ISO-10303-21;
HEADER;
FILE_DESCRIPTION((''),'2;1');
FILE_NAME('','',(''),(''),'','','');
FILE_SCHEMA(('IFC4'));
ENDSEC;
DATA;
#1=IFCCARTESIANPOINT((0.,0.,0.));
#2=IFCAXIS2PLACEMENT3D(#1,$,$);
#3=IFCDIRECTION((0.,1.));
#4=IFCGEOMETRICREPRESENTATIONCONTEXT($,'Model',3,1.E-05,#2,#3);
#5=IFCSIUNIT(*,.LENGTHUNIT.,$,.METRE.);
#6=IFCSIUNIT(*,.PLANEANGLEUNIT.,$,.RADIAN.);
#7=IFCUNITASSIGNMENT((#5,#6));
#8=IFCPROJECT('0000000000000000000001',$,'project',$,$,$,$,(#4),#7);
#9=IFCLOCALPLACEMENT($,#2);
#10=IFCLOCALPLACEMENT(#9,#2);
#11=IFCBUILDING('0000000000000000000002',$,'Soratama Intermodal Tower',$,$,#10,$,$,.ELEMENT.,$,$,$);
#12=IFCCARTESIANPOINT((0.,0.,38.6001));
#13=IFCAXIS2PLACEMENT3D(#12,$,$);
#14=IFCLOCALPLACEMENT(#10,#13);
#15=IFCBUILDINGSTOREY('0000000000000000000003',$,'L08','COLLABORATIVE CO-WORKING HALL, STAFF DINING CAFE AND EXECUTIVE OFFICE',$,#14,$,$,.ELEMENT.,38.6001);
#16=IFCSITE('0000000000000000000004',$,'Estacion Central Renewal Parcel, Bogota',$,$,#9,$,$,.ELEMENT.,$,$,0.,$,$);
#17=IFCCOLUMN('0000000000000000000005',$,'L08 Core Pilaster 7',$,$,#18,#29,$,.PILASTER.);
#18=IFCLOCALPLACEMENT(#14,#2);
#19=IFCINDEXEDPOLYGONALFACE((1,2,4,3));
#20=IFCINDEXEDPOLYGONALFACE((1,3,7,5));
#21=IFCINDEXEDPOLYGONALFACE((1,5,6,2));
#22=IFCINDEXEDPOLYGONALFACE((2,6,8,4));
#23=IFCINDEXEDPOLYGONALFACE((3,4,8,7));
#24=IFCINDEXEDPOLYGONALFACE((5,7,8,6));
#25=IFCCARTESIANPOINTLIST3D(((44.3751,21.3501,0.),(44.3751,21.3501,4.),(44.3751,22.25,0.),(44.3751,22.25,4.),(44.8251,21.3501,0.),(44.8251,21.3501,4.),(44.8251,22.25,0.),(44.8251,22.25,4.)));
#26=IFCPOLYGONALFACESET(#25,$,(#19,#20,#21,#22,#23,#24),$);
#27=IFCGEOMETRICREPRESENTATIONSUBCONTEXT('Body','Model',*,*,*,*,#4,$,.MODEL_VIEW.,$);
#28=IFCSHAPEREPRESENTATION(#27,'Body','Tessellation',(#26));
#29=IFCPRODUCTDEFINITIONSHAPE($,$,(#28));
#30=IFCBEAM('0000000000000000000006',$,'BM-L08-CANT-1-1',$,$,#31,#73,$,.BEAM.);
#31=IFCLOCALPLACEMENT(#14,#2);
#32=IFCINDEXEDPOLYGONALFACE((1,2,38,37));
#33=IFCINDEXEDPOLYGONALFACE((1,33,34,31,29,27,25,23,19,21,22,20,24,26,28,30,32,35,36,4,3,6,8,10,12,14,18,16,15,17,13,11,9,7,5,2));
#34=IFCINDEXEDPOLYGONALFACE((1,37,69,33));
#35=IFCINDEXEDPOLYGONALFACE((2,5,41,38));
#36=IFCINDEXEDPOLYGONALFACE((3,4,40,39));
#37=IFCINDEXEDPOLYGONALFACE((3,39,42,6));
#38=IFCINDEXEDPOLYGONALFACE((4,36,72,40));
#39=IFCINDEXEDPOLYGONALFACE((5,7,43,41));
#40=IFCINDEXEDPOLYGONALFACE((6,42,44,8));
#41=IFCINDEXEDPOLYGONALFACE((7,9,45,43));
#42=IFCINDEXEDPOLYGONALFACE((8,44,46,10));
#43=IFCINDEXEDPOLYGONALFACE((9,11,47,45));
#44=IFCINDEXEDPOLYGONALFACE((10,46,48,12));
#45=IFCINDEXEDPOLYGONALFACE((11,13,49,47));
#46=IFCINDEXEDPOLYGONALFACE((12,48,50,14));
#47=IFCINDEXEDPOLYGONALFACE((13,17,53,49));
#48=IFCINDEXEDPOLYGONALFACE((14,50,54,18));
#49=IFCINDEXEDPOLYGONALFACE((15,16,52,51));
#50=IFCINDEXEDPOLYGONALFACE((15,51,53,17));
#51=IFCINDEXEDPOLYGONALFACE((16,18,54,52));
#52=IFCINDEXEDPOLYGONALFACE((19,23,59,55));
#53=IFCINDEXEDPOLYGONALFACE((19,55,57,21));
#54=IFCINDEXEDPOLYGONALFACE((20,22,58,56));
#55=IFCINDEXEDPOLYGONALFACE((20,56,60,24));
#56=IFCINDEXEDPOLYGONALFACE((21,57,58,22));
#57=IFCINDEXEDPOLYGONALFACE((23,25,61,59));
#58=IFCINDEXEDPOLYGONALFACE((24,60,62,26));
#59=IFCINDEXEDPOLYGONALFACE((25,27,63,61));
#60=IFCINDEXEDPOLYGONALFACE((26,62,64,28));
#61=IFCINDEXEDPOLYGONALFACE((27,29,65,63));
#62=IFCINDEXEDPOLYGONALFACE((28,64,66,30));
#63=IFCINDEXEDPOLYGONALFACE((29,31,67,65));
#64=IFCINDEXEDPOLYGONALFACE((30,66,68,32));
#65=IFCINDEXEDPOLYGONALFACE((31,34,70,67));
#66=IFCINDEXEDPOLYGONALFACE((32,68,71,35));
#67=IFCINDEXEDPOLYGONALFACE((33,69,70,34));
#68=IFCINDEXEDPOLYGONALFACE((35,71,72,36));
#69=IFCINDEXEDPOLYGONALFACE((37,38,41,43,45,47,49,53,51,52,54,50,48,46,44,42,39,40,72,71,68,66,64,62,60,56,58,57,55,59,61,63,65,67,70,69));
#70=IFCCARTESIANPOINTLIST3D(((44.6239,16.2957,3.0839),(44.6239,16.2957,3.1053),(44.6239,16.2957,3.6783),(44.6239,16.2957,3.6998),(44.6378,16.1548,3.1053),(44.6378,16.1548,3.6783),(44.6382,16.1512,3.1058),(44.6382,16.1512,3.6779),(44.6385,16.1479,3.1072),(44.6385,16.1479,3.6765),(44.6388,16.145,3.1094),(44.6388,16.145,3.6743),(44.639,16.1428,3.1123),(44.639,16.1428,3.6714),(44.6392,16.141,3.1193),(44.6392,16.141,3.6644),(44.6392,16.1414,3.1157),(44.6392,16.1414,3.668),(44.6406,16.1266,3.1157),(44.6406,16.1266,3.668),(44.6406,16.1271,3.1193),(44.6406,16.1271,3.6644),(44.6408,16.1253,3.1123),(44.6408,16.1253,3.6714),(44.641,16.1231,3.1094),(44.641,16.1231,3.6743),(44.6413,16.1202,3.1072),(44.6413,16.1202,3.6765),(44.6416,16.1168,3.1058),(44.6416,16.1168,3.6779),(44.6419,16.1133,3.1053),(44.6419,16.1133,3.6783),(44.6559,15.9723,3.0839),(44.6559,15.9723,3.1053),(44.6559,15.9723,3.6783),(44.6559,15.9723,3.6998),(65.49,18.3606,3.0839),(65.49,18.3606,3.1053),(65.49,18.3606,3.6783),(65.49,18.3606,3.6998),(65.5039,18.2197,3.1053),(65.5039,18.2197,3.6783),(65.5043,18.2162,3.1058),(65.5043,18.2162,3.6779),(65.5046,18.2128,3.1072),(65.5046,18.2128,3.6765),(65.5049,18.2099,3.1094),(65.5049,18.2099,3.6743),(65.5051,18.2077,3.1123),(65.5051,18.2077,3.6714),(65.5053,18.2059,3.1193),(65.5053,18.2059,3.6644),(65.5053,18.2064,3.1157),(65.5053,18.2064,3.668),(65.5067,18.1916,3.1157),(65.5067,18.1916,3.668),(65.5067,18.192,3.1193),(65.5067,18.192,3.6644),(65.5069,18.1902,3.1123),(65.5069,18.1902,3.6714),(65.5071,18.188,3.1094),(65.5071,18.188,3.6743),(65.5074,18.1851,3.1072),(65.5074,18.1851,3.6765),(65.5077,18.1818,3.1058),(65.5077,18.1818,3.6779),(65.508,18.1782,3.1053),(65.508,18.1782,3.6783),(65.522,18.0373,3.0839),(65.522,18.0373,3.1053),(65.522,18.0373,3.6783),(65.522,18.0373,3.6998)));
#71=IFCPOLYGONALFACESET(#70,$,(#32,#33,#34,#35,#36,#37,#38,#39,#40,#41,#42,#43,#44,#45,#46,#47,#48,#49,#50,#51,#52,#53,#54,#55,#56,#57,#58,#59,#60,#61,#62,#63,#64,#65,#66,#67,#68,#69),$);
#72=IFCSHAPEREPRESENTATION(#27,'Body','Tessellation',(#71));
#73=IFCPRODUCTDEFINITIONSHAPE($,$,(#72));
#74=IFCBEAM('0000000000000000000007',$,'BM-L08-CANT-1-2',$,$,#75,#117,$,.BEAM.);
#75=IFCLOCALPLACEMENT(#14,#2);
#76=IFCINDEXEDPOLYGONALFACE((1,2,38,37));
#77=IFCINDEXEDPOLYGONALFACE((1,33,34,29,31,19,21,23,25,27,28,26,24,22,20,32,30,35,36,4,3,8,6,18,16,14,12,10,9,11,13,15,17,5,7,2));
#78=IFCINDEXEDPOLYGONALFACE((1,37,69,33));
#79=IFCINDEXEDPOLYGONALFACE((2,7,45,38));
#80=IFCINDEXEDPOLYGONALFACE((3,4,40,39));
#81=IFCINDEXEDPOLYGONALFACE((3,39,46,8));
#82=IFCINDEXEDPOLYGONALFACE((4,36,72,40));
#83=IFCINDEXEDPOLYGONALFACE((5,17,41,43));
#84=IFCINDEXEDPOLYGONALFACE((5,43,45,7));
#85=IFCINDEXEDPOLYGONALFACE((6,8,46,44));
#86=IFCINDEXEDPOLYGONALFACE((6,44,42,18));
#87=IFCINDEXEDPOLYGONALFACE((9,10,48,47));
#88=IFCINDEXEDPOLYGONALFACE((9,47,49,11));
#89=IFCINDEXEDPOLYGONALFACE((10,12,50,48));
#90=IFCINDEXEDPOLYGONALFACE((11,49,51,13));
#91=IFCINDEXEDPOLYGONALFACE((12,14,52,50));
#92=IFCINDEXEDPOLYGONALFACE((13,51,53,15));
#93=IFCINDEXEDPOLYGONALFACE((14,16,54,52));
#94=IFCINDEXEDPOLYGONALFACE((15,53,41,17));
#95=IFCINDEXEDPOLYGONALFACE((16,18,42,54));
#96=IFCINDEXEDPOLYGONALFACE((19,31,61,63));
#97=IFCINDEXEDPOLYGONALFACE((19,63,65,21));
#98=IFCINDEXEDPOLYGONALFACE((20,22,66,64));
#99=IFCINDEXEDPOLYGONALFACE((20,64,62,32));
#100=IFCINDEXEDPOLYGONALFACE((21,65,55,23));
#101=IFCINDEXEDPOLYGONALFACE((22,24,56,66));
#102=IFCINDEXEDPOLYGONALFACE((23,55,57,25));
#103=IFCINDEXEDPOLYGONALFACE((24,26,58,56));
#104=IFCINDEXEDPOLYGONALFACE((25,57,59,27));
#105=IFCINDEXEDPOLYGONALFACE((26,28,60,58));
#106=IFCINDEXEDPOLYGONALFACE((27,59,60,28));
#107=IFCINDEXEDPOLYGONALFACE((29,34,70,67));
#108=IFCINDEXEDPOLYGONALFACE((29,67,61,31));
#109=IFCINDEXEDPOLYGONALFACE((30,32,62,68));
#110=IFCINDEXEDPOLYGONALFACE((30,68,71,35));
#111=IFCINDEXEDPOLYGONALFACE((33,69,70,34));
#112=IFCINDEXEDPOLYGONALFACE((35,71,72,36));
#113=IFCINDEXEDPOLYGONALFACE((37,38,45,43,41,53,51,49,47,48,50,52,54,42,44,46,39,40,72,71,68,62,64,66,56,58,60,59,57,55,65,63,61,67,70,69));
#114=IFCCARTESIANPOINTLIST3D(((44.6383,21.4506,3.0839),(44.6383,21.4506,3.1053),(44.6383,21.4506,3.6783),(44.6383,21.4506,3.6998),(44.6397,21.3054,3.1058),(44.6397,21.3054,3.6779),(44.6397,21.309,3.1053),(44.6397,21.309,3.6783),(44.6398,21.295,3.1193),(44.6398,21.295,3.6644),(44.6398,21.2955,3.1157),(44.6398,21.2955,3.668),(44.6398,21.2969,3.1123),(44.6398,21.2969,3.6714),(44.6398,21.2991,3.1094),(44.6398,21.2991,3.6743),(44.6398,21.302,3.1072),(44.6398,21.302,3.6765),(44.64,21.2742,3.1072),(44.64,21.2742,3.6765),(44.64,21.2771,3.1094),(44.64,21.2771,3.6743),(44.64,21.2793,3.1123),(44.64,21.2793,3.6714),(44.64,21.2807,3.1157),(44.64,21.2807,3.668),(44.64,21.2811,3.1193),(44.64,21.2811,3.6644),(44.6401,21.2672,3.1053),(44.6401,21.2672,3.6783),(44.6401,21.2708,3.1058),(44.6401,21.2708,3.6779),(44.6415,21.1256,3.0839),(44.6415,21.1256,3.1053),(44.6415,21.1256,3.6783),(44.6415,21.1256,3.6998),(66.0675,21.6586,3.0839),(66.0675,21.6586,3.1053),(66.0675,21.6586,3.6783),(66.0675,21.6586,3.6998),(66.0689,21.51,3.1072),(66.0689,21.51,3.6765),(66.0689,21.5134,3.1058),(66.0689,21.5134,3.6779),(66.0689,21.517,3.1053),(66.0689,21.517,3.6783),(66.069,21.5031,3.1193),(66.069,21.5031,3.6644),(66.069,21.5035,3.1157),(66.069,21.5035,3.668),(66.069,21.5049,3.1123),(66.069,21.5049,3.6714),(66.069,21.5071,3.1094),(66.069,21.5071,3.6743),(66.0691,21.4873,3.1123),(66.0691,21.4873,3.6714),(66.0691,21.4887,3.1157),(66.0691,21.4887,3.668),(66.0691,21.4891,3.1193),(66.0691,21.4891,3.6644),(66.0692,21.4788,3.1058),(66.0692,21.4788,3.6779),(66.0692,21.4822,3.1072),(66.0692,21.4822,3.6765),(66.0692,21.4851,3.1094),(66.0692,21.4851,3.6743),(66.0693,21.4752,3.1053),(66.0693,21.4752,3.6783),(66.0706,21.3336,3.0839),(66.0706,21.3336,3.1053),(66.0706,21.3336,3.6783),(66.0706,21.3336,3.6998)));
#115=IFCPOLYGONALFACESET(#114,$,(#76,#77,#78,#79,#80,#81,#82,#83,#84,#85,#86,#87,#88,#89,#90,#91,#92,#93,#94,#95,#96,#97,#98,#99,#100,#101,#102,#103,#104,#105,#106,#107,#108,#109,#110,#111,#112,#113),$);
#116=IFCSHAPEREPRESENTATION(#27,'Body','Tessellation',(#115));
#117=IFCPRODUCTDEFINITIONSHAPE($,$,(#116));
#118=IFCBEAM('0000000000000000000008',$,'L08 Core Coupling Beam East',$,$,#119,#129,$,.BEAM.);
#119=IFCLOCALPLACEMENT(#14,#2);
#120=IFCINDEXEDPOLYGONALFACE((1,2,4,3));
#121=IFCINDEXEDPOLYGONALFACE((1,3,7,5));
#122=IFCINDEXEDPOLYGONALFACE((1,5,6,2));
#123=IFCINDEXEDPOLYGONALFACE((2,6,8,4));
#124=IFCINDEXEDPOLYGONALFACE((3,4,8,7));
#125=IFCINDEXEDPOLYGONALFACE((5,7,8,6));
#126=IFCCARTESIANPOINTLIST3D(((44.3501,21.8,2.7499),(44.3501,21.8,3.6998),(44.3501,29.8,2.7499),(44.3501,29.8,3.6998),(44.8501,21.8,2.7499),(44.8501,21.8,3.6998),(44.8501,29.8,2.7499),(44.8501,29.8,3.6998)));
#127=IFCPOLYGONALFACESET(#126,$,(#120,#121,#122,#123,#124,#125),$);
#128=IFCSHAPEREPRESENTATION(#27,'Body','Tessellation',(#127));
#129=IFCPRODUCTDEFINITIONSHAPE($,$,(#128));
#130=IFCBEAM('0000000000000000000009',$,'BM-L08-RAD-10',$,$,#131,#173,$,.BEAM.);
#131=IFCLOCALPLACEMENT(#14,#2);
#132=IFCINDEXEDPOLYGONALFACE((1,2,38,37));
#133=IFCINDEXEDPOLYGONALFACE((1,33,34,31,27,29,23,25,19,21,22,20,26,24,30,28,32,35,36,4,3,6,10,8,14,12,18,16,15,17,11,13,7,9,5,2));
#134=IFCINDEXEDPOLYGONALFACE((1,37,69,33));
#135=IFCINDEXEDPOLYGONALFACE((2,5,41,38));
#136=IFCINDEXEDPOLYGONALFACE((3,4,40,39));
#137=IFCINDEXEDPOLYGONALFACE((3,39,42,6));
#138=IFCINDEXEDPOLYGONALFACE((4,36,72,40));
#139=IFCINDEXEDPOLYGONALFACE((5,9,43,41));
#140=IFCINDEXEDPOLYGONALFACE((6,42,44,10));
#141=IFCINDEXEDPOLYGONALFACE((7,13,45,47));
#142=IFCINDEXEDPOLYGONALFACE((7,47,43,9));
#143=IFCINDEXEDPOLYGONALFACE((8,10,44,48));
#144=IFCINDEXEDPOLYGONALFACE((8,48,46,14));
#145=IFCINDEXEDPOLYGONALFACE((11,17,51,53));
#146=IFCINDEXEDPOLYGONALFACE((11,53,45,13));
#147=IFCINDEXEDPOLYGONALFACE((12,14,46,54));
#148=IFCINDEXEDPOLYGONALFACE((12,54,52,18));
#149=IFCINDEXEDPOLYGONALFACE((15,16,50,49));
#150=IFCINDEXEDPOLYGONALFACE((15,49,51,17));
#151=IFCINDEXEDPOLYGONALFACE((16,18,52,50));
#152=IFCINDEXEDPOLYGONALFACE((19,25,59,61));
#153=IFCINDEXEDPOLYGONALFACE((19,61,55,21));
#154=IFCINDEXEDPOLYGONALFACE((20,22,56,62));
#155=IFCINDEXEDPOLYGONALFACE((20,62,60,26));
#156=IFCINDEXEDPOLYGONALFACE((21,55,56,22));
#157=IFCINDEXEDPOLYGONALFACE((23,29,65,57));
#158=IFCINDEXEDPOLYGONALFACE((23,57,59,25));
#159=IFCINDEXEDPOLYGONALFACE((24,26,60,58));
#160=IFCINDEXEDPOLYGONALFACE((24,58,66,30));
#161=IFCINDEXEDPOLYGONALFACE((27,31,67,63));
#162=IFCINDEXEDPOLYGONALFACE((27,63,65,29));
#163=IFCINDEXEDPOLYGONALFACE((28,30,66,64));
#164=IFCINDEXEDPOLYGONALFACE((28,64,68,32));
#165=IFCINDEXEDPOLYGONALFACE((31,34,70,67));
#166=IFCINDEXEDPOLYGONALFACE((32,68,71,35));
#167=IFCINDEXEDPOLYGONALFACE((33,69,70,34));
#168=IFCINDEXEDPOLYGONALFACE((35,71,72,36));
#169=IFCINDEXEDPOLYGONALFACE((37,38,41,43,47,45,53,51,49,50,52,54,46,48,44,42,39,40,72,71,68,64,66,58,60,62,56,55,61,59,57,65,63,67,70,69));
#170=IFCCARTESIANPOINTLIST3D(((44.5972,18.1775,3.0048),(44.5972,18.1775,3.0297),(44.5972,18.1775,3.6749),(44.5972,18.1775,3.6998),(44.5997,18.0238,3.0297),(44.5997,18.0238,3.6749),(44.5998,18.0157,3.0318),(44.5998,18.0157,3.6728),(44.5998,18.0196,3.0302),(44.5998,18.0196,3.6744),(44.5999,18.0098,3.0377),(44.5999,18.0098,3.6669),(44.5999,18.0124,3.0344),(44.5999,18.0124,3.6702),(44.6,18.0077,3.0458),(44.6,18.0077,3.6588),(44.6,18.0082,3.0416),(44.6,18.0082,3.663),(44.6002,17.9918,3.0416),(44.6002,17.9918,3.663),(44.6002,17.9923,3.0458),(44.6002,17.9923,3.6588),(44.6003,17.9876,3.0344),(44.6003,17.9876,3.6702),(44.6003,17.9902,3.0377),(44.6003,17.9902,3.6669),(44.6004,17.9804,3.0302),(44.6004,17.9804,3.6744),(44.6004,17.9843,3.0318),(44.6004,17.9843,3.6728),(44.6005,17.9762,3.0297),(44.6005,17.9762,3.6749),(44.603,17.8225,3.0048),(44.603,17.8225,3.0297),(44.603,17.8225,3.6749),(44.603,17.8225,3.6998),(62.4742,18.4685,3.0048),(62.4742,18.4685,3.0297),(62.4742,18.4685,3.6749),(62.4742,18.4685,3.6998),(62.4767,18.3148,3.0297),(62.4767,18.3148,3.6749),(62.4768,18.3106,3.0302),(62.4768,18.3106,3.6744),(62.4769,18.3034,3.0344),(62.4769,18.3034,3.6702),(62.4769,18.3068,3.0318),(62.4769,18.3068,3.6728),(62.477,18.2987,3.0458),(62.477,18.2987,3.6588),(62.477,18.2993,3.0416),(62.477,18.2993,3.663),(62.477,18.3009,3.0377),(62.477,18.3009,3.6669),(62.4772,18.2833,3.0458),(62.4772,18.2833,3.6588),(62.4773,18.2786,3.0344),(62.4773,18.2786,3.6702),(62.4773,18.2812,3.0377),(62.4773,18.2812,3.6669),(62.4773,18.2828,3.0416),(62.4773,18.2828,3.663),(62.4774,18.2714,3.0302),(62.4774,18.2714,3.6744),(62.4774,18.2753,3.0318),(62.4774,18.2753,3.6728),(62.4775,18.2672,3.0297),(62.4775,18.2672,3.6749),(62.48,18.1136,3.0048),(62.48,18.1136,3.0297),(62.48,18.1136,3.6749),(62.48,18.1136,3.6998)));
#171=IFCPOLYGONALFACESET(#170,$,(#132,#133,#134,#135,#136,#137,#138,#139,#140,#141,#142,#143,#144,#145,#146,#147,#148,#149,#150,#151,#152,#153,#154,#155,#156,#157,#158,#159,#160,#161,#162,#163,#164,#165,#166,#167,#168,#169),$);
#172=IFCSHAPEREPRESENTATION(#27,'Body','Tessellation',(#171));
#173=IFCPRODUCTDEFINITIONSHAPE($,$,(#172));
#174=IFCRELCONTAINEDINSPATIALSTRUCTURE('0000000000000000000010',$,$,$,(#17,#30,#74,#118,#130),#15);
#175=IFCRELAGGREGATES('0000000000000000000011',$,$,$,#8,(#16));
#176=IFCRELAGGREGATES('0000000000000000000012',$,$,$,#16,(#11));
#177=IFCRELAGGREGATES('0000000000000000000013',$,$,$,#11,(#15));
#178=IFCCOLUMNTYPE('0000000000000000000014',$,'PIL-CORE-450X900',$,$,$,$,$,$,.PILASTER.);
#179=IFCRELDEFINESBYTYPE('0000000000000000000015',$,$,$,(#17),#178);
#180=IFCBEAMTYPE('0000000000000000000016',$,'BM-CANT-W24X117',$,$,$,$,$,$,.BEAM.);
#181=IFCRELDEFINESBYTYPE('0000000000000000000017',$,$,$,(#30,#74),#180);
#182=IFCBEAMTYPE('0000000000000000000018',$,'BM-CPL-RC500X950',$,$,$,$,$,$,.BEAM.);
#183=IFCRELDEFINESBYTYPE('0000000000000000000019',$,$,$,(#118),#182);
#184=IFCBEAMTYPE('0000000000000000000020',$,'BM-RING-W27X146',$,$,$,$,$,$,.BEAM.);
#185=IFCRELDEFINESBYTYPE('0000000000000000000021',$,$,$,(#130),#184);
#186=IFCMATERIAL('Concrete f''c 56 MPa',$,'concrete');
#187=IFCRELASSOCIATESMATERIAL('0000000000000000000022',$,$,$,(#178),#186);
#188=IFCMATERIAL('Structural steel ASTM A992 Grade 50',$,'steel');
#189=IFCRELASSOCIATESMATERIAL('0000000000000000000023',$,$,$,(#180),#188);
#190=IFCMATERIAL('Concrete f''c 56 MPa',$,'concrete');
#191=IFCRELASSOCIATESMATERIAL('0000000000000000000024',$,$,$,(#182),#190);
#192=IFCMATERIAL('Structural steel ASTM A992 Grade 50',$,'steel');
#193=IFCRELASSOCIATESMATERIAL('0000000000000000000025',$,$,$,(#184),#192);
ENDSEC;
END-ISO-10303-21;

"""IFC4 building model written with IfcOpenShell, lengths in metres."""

from ifc_helpers import new_model, si_unit, direction, frame, origin, origin_2d, place, context, subcontext, project, spatial, rectangle, i_section, extrude, material, material_profile, profile_set, type_object, element, save


model = new_model("IFC4")

# Units and contexts
model_context = context("Model", 3, precision=1e-05, world=origin(), true_north=direction((0.0, 1.0)))
body_context = subcontext(model_context, "Body", "Model", "MODEL_VIEW")
ifc_project = project(units=[si_unit("LENGTHUNIT", "METRE"), si_unit("PLANEANGLEUNIT", "RADIAN")], contexts=[model_context])

# Site, building, storey
site_placement = place(None, origin())
site = spatial("IfcSite", under=ifc_project, at=site_placement, Name="Estacion Central Renewal Parcel, Bogota", CompositionType="ELEMENT", RefElevation=0.0)
building_placement = place(site_placement, origin())
building = spatial("IfcBuilding", under=site, at=building_placement, Name="Soratama Intermodal Tower", CompositionType="ELEMENT")
storey_placement = place(building_placement, frame((0.0, 0.0, 38.6001)))
storey = spatial("IfcBuildingStorey", under=building, at=storey_placement, Name="L08", Description="COLLABORATIVE CO-WORKING HALL, STAFF DINING CAFE AND EXECUTIVE OFFICE", CompositionType="ELEMENT", Elevation=38.6001)

# Column
ifc_material_1 = material(Name="Concrete f'c 56 MPa", Category="concrete")
ifc_material_profile_1 = material_profile(ifc_material_1, rectangle(XDim=0.45, YDim=0.8999, at=origin_2d()), Name="RC450X900")
ifc_profile_set_1 = profile_set([ifc_material_profile_1], Name="Concrete f'c 56 MPa")
column_type = type_object("IfcColumnType", Name="PIL-CORE-450X900", PredefinedType="PILASTER", material=ifc_profile_set_1)
column_placement = place(storey_placement, frame((44.6001, 21.8, 0.0), z_axis=(0.0, 0.0, 1.0), x_axis=(1.0, 0.0, 0.0)))
element("IfcColumn", 1, at=column_placement, inside=storey, type_object=column_type, Name="L08 Core Pilaster 7", PredefinedType="PILASTER", context=body_context, shape_type="SweptSolid", body=[
    extrude(rectangle(XDim=0.45, YDim=0.8999, at=origin_2d()), origin(), (0.0, 0.0, 1.0), 4.0),
])

# Beams
ifc_material_2 = material(Name="Structural steel ASTM A992 Grade 50", Category="steel")
ifc_material_profile_2 = material_profile(ifc_material_2, i_section(OverallWidth=0.325, OverallDepth=0.616, WebThickness=0.0139, FlangeThickness=0.0215, FilletRadius=0.0139, at=origin_2d()), Name="W24X117")
ifc_profile_set_2 = profile_set([ifc_material_profile_2], Name="Structural steel ASTM A992 Grade 50")
beam_type_1 = type_object("IfcBeamType", Name="BM-CANT-W24X117", PredefinedType="BEAM", material=ifc_profile_set_2)
beam_1_placement = place(storey_placement, frame((44.6399, 16.134, 3.3918), z_axis=(0.995139, 0.09848, 0.0), x_axis=(-0.09848, 0.995139, 0.0)))
element("IfcBeam", 2, at=beam_1_placement, inside=storey, type_object=beam_type_1, Name="BM-L08-CANT-1-1", PredefinedType="BEAM", context=body_context, shape_type="SweptSolid", body=[
    extrude(i_section(OverallWidth=0.325, OverallDepth=0.616, WebThickness=0.0139, FlangeThickness=0.0215, FilletRadius=0.0139, at=origin_2d()), origin(), (0.0, 0.0, 1.0), 20.968),
])
beam_2_placement = place(storey_placement, frame((44.6399, 21.2881, 3.3918), z_axis=(0.999953, 0.009706, 0.0), x_axis=(-0.009706, 0.999953, 0.0)))
element("IfcBeam", 3, at=beam_2_placement, inside=storey, type_object=beam_type_1, Name="BM-L08-CANT-1-2", PredefinedType="BEAM", context=body_context, shape_type="SweptSolid", body=[
    extrude(i_section(OverallWidth=0.325, OverallDepth=0.616, WebThickness=0.0139, FlangeThickness=0.0215, FilletRadius=0.0139, at=origin_2d()), origin(), (0.0, 0.0, 1.0), 21.4302),
])
ifc_material_3 = material(Name="Concrete f'c 56 MPa", Category="concrete")
ifc_material_profile_3 = material_profile(ifc_material_3, rectangle(XDim=0.5, YDim=0.95, at=origin_2d()), Name="RC500X950")
ifc_profile_set_3 = profile_set([ifc_material_profile_3], Name="Concrete f'c 56 MPa")
beam_type_2 = type_object("IfcBeamType", Name="BM-CPL-RC500X950", PredefinedType="BEAM", material=ifc_profile_set_3)
beam_3_placement = place(storey_placement, frame((44.6001, 21.8, 3.2249), z_axis=(0.0, 1.0, 0.0), x_axis=(-1.0, 0.0, 0.0)))
element("IfcBeam", 4, at=beam_3_placement, inside=storey, type_object=beam_type_2, Name="L08 Core Coupling Beam East", PredefinedType="BEAM", context=body_context, shape_type="SweptSolid", body=[
    extrude(rectangle(XDim=0.5, YDim=0.95, at=origin_2d()), origin(), (0.0, 0.0, 1.0), 8.0),
])
ifc_material_4 = material(Name="Structural steel ASTM A992 Grade 50", Category="steel")
ifc_material_profile_4 = material_profile(ifc_material_4, i_section(OverallWidth=0.355, OverallDepth=0.6951, WebThickness=0.0154, FlangeThickness=0.0249, FilletRadius=0.0161, at=origin_2d()), Name="W27X146")
ifc_profile_set_4 = profile_set([ifc_material_profile_4], Name="Structural steel ASTM A992 Grade 50")
beam_type_3 = type_object("IfcBeamType", Name="BM-RING-W27X146", PredefinedType="BEAM", material=ifc_profile_set_4)
beam_4_placement = place(storey_placement, frame((44.6001, 18.0, 3.3523), z_axis=(0.999868, 0.016277, 0.0), x_axis=(-0.016277, 0.999868, 0.0)))
element("IfcBeam", 5, at=beam_4_placement, inside=storey, type_object=beam_type_3, Name="BM-L08-RAD-10", PredefinedType="BEAM", context=body_context, shape_type="SweptSolid", body=[
    extrude(i_section(OverallWidth=0.355, OverallDepth=0.6951, WebThickness=0.0154, FlangeThickness=0.0249, FilletRadius=0.0161, at=origin_2d()), origin(), (0.0, 0.0, 1.0), 17.8794),
])

save(model, "model.ifc")
